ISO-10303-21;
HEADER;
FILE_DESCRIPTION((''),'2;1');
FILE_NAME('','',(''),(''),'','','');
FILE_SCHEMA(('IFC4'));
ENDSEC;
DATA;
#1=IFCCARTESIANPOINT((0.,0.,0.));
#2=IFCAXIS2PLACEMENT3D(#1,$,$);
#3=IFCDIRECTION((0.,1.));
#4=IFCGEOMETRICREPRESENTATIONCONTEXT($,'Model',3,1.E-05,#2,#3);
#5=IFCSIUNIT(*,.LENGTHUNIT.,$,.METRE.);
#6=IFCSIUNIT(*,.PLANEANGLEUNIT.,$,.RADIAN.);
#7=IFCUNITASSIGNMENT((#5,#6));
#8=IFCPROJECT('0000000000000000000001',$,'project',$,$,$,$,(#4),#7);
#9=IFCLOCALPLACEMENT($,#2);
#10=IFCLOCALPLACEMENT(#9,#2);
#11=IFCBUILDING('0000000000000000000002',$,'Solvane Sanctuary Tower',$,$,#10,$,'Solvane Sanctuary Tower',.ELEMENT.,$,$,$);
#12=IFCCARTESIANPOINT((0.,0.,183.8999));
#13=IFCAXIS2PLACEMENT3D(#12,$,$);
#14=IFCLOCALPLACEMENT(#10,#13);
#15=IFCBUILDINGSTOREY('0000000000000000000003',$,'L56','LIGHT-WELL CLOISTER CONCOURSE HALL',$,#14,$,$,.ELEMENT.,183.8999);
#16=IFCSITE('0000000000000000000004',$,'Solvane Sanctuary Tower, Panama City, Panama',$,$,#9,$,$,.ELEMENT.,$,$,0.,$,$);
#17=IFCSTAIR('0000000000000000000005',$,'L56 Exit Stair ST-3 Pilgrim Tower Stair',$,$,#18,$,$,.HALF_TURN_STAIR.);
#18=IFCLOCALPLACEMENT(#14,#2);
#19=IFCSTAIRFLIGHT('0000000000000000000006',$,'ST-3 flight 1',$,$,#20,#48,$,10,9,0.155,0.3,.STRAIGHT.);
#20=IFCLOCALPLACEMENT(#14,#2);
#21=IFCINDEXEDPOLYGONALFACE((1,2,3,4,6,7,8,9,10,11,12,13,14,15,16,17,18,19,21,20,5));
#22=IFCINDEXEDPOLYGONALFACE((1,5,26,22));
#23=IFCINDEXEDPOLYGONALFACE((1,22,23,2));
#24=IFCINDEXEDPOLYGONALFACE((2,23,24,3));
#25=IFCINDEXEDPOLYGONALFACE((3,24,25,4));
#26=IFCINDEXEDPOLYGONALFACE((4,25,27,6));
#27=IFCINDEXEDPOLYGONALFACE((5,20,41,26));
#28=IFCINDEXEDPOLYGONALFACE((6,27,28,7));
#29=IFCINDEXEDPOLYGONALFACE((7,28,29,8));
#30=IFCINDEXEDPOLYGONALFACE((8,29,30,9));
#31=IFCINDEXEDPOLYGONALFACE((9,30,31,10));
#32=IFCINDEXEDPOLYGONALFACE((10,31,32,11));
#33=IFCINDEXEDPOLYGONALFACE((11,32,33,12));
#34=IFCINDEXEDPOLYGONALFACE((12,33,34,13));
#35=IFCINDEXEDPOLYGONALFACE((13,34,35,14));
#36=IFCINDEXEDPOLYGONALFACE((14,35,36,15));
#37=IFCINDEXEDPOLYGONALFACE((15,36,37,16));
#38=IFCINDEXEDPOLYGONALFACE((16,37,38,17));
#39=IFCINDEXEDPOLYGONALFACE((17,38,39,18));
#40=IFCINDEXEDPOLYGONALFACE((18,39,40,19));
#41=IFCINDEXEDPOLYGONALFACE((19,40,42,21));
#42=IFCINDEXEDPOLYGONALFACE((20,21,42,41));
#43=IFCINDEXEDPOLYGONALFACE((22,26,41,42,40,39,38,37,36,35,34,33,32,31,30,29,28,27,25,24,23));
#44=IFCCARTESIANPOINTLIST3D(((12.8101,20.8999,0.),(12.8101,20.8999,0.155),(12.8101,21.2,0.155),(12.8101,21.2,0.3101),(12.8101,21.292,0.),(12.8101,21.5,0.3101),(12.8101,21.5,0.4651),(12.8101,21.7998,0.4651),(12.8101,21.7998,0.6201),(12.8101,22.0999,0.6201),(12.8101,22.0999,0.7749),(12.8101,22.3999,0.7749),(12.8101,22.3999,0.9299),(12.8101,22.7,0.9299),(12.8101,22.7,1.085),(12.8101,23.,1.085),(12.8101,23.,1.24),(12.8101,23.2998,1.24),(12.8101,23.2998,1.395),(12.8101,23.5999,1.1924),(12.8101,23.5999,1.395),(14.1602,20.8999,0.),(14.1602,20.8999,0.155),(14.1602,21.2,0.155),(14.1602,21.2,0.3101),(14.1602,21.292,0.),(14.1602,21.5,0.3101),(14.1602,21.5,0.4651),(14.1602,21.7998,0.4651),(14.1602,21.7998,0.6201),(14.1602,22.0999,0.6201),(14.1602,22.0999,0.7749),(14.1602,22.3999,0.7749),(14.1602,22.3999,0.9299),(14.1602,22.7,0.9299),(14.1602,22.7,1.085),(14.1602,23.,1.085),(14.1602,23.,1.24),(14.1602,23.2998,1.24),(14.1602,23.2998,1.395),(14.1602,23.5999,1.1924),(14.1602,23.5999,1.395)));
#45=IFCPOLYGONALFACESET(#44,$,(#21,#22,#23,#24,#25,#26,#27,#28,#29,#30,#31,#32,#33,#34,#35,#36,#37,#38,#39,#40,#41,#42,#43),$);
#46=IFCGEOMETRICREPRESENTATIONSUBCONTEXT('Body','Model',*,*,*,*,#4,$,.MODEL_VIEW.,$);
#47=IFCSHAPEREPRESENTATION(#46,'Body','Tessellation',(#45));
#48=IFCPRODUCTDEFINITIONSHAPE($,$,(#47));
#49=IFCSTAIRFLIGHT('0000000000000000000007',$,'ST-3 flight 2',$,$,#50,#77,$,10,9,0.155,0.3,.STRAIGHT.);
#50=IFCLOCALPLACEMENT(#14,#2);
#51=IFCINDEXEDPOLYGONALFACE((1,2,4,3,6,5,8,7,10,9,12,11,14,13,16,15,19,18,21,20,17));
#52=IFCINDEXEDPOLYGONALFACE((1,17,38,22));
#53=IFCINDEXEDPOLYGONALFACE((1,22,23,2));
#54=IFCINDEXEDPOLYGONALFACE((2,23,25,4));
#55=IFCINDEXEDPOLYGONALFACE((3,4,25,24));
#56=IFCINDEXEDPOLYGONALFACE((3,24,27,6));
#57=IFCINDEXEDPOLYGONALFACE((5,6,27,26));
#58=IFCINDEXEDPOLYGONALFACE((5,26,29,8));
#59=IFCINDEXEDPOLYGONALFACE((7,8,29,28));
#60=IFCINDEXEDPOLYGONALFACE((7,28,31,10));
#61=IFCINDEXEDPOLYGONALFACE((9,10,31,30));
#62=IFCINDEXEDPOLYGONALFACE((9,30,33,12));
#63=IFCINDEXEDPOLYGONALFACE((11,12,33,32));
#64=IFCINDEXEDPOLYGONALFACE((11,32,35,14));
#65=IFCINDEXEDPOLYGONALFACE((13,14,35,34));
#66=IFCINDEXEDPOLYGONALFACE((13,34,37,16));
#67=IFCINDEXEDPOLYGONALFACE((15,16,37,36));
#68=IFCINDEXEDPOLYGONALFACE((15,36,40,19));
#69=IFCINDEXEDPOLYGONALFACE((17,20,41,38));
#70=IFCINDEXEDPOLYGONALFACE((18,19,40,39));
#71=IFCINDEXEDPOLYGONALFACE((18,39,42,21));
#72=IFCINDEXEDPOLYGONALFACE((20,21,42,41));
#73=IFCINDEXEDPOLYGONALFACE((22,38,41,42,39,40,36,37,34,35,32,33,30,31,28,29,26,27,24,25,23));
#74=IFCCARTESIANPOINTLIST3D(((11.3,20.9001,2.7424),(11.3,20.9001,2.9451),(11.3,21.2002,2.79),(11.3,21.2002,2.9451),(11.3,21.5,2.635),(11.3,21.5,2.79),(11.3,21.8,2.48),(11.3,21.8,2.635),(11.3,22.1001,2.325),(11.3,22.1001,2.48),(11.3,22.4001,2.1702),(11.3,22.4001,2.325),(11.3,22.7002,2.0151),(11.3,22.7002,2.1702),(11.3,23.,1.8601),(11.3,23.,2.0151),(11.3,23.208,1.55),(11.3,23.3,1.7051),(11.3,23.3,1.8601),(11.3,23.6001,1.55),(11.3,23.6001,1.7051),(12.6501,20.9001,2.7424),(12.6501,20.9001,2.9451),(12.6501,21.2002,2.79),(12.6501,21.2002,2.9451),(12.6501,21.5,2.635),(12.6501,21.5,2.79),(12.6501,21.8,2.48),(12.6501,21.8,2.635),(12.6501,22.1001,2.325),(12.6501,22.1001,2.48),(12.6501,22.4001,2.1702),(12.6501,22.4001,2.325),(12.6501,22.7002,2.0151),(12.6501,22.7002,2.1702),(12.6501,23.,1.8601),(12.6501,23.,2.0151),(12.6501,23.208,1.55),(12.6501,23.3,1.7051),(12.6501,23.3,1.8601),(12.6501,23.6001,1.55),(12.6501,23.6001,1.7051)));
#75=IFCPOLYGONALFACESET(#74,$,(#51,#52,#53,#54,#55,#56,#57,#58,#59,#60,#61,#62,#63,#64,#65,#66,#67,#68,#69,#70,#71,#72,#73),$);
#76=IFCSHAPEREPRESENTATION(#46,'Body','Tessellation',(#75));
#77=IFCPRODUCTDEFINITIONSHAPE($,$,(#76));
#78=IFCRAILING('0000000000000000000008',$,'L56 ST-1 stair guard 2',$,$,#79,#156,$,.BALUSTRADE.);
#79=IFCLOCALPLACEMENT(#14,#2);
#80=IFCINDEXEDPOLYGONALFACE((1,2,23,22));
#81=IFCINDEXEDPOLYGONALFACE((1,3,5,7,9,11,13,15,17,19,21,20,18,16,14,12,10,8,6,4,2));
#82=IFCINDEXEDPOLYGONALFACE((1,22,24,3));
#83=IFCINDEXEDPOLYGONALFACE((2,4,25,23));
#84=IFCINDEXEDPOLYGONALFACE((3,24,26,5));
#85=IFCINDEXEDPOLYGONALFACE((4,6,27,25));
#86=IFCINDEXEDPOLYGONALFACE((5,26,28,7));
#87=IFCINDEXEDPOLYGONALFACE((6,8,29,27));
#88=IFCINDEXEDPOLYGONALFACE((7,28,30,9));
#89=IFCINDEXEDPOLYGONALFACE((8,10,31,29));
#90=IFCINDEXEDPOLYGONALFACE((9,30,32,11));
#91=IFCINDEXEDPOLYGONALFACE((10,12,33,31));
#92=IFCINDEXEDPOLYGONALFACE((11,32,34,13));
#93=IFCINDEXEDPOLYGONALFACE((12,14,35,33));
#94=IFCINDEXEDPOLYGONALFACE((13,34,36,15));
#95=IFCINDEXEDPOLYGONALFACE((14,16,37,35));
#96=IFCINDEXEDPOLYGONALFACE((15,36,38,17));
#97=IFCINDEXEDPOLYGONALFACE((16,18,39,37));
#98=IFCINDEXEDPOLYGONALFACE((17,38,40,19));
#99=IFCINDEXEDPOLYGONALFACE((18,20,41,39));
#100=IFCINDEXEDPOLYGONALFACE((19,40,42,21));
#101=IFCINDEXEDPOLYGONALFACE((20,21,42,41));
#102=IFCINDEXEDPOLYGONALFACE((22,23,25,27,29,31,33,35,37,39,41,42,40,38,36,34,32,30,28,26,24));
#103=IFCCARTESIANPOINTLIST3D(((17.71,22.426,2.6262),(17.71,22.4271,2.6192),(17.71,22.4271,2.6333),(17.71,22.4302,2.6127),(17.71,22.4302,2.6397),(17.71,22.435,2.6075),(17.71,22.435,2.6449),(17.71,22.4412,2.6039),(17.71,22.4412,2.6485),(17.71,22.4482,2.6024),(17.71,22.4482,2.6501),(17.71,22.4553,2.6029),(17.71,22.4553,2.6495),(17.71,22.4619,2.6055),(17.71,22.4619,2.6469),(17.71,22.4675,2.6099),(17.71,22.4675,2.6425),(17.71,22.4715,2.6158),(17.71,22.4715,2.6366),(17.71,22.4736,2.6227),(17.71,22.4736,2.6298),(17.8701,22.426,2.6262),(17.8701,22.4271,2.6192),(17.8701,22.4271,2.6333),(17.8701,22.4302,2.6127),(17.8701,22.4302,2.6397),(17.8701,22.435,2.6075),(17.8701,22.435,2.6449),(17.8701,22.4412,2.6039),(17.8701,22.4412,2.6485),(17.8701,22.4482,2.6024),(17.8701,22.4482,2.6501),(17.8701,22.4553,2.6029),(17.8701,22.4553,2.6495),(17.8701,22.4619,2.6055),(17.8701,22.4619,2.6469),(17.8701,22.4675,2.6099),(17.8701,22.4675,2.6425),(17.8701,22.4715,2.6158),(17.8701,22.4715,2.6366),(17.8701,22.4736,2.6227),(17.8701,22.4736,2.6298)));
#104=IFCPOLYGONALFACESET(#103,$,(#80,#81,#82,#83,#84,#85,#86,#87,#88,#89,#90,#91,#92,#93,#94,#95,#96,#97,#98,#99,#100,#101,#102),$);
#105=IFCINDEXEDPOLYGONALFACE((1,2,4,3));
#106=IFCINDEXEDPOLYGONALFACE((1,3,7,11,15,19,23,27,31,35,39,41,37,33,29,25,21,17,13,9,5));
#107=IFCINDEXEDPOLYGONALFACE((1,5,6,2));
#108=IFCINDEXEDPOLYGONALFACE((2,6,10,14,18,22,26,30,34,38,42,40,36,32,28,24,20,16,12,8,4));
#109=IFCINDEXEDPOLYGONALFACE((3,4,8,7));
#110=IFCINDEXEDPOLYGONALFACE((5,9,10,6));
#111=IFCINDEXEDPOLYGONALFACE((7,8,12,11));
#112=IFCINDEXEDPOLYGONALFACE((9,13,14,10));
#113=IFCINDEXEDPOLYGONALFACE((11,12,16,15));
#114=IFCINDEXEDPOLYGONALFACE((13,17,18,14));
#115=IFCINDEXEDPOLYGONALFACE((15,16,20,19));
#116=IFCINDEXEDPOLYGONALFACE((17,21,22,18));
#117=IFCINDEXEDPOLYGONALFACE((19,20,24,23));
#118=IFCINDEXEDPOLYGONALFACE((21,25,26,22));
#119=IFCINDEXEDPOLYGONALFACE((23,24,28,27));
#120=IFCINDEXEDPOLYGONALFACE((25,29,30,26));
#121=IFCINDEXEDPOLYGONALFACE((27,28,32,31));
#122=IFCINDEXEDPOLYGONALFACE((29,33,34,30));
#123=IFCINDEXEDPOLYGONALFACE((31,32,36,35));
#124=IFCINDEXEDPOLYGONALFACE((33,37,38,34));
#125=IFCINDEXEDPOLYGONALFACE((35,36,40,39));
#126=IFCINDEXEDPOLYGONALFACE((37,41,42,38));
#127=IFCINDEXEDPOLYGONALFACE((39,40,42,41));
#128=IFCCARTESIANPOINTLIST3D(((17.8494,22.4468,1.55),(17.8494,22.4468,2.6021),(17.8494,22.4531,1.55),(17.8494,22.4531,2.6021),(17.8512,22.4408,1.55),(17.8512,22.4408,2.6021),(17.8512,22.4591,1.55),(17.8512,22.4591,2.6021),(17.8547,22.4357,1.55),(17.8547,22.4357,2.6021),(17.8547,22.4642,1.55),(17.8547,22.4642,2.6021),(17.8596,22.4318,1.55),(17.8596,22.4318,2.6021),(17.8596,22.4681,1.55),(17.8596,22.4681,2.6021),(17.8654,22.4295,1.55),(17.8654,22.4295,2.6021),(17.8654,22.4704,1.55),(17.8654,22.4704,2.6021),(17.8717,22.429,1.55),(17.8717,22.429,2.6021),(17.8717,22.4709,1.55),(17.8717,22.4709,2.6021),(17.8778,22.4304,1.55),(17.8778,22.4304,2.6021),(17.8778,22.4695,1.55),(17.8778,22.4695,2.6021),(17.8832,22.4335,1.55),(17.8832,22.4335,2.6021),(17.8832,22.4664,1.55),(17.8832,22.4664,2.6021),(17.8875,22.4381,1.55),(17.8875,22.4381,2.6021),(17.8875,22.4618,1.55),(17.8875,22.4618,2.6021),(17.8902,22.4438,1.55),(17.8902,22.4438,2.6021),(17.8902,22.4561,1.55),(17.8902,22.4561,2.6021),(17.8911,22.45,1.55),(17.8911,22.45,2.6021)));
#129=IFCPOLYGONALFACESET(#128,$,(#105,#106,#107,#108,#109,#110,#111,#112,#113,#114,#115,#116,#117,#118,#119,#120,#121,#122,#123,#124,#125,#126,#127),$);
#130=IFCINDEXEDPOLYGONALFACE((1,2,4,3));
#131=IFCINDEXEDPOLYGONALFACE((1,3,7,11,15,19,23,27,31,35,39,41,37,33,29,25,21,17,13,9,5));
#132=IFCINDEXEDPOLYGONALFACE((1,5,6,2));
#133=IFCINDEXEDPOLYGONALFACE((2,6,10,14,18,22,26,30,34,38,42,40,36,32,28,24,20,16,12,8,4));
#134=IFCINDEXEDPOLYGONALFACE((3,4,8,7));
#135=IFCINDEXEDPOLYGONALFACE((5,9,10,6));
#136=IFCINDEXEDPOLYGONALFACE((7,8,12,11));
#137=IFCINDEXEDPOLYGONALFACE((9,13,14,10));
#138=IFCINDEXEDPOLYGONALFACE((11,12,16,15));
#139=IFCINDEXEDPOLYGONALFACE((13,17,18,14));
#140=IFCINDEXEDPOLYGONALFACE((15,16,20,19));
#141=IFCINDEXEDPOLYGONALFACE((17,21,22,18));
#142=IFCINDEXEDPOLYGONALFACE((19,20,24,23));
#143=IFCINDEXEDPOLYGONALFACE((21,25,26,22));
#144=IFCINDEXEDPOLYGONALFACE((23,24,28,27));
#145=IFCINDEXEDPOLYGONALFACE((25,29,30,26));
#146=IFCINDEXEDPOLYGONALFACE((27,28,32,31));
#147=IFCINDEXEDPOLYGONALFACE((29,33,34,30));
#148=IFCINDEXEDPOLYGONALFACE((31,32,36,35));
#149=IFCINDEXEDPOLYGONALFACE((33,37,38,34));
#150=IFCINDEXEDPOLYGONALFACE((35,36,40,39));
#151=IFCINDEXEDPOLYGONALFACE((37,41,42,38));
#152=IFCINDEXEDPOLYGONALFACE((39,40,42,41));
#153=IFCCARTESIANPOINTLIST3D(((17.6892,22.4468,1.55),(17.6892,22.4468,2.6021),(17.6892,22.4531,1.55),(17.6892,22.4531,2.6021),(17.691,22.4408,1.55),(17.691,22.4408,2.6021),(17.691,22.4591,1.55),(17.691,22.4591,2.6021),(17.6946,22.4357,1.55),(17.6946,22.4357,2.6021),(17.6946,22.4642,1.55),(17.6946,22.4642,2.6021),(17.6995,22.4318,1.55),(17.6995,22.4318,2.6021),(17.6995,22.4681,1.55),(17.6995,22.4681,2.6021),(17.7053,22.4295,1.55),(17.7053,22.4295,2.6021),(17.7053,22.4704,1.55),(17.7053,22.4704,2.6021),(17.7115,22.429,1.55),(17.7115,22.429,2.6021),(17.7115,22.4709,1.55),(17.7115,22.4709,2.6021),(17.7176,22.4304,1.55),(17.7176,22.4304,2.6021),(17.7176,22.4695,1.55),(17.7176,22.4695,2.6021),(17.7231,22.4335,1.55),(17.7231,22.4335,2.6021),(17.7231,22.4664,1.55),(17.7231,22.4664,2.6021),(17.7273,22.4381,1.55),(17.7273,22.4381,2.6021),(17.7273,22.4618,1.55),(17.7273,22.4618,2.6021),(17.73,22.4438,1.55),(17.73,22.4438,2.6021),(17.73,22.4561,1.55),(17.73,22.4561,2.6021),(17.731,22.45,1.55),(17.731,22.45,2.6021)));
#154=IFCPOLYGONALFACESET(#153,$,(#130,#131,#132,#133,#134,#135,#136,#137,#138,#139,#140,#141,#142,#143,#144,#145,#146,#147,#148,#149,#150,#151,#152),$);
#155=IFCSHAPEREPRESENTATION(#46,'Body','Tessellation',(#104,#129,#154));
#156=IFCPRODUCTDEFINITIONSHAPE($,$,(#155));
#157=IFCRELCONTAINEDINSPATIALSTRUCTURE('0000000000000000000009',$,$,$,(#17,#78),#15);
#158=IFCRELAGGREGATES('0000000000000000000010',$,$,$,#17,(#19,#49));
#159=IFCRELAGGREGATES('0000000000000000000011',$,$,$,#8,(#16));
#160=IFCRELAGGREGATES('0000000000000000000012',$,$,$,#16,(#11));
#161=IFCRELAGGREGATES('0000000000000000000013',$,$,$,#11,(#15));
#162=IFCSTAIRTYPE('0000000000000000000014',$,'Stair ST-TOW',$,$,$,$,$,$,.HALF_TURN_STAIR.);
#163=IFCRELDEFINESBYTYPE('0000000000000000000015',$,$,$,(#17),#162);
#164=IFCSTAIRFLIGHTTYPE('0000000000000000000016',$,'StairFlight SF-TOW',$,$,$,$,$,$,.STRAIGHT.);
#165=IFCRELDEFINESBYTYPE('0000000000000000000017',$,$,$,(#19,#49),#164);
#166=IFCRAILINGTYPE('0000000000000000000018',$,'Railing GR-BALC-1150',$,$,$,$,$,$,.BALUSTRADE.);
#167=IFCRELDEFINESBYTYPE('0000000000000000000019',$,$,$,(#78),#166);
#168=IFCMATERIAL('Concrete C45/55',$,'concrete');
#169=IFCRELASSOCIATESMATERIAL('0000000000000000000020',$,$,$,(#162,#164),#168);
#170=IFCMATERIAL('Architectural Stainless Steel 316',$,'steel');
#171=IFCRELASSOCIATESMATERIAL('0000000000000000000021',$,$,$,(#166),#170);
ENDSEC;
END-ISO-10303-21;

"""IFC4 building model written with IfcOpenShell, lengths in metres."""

from ifc_helpers import new_model, si_unit, direction, frame, origin, origin_2d, place, context, subcontext, project, spatial, polyline, circle, outline, extrude, material, type_object, element, aggregate, save


model = new_model("IFC4")

# Units and contexts
model_context = context("Model", 3, precision=1e-05, world=origin(), true_north=direction((0.0, 1.0)))
body_context = subcontext(model_context, "Body", "Model", "MODEL_VIEW")
ifc_project = project(units=[si_unit("LENGTHUNIT", "METRE"), si_unit("PLANEANGLEUNIT", "RADIAN")], contexts=[model_context])

# Site, building, storey
site_placement = place(None, origin())
site = spatial("IfcSite", under=ifc_project, at=site_placement, Name="Solvane Sanctuary Tower, Panama City, Panama", CompositionType="ELEMENT", RefElevation=0.0)
building_placement = place(site_placement, origin())
building = spatial("IfcBuilding", under=site, at=building_placement, Name="Solvane Sanctuary Tower", LongName="Solvane Sanctuary Tower", CompositionType="ELEMENT")
storey_placement = place(building_placement, frame((0.0, 0.0, 183.8999)))
storey = spatial("IfcBuildingStorey", under=building, at=storey_placement, Name="L56", Description="LIGHT-WELL CLOISTER CONCOURSE HALL", CompositionType="ELEMENT", Elevation=183.8999)

# Shared definitions
ifc_material_1 = material(Name="Concrete C45/55", Category="concrete")
stair_type = type_object("IfcStairType", Name="Stair ST-TOW", PredefinedType="HALF_TURN_STAIR", material=ifc_material_1)
stair_flight_type = type_object("IfcStairFlightType", Name="StairFlight SF-TOW", PredefinedType="STRAIGHT", material=ifc_material_1)

# Stair, stair flights
stair_1_placement = place(storey_placement, origin())
stair_1 = element("IfcStair", 1, at=stair_1_placement, inside=storey, type_object=stair_type, Name="L56 Exit Stair ST-3 Pilgrim Tower Stair", PredefinedType="HALF_TURN_STAIR")
stair_flight_1_placement = place(storey_placement, frame((13.4851, 20.8999, 0.0), z_axis=(0.0, 0.0, 1.0), x_axis=(0.0, 1.0, 0.0)))
stair_flight_1 = element("IfcStairFlight", 2, at=stair_flight_1_placement, type_object=stair_flight_type, Name="ST-3 flight 1", NumberOfRisers=10, NumberOfTreads=9, PredefinedType="STRAIGHT", RiserHeight=0.155, TreadLength=0.3, context=body_context, shape_type="SweptSolid", body=[
    extrude(outline(polyline([(0.0, 0.0), (0.0, 0.155), (0.3, 0.155), (0.3, 0.3101), (0.6001, 0.3101), (0.6001, 0.4651), (0.8999, 0.4651), (0.8999, 0.6201), (1.2, 0.6201), (1.2, 0.7749), (1.5, 0.7749), (1.5, 0.9299), (1.8, 0.9299), (1.8, 1.085), (2.1001, 1.085), (2.1001, 1.24), (2.3999, 1.24), (2.3999, 1.395), (2.7, 1.395), (2.7, 1.55), (2.7, 1.1924), (0.3921, 0.0), (0.0, 0.0)])), frame((0.0, 0.675, 0.0), z_axis=(0.0, -1.0, 0.0), x_axis=(1.0, 0.0, 0.0)), (0.0, 0.0, 1.0), 1.3501),
])
stair_flight_2_placement = place(storey_placement, frame((11.9751, 23.6001, 1.55), z_axis=(0.0, 0.0, 1.0), x_axis=(0.0, -1.0, 0.0)))
stair_flight_2 = element("IfcStairFlight", 3, at=stair_flight_2_placement, type_object=stair_flight_type, Name="ST-3 flight 2", NumberOfRisers=10, NumberOfTreads=9, PredefinedType="STRAIGHT", RiserHeight=0.155, TreadLength=0.3, context=body_context, shape_type="SweptSolid", body=[
    extrude(outline(polyline([(0.0, 0.0), (0.0, 0.155), (0.3, 0.155), (0.3, 0.3101), (0.6001, 0.3101), (0.6001, 0.4651), (0.8999, 0.4651), (0.8999, 0.6201), (1.2, 0.6201), (1.2, 0.7749), (1.5, 0.7749), (1.5, 0.9299), (1.8, 0.9299), (1.8, 1.085), (2.1001, 1.085), (2.1001, 1.24), (2.3999, 1.24), (2.3999, 1.395), (2.7, 1.395), (2.7, 1.55), (2.7, 1.1924), (0.3921, 0.0), (0.0, 0.0)])), frame((0.0, 0.675, 0.0), z_axis=(0.0, -1.0, 0.0), x_axis=(1.0, 0.0, 0.0)), (0.0, 0.0, 1.0), 1.3501),
])
aggregate(stair_1, [stair_flight_1, stair_flight_2])

# Railing
ifc_material_2 = material(Name="Architectural Stainless Steel 316", Category="steel")
railing_type_1 = type_object("IfcRailingType", Name="Railing GR-BALC-1150", PredefinedType="BALUSTRADE", material=ifc_material_2)
railing_1_placement = place(storey_placement, frame((17.8701, 22.45, 1.55)))
element("IfcRailing", 4, at=railing_1_placement, inside=storey, type_object=railing_type_1, Name="L56 ST-1 stair guard 2", PredefinedType="BALUSTRADE", context=body_context, shape_type="SweptSolid", body=[
    extrude(circle(Radius=0.0239, at=origin_2d()), frame((0.0, 0.0, 1.0762), z_axis=(-1.0, 0.0, 0.0), x_axis=(0.0, -1.0, 0.0)), (0.0, 0.0, 1.0), 0.1602),
    extrude(circle(Radius=0.021, at=origin_2d()), origin(), (0.0, 0.0, 1.0), 1.052),
    extrude(circle(Radius=0.021, at=origin_2d()), frame((-0.1602, 0.0, 0.0)), (0.0, 0.0, 1.0), 1.052),
])

save(model, "model.ifc")
